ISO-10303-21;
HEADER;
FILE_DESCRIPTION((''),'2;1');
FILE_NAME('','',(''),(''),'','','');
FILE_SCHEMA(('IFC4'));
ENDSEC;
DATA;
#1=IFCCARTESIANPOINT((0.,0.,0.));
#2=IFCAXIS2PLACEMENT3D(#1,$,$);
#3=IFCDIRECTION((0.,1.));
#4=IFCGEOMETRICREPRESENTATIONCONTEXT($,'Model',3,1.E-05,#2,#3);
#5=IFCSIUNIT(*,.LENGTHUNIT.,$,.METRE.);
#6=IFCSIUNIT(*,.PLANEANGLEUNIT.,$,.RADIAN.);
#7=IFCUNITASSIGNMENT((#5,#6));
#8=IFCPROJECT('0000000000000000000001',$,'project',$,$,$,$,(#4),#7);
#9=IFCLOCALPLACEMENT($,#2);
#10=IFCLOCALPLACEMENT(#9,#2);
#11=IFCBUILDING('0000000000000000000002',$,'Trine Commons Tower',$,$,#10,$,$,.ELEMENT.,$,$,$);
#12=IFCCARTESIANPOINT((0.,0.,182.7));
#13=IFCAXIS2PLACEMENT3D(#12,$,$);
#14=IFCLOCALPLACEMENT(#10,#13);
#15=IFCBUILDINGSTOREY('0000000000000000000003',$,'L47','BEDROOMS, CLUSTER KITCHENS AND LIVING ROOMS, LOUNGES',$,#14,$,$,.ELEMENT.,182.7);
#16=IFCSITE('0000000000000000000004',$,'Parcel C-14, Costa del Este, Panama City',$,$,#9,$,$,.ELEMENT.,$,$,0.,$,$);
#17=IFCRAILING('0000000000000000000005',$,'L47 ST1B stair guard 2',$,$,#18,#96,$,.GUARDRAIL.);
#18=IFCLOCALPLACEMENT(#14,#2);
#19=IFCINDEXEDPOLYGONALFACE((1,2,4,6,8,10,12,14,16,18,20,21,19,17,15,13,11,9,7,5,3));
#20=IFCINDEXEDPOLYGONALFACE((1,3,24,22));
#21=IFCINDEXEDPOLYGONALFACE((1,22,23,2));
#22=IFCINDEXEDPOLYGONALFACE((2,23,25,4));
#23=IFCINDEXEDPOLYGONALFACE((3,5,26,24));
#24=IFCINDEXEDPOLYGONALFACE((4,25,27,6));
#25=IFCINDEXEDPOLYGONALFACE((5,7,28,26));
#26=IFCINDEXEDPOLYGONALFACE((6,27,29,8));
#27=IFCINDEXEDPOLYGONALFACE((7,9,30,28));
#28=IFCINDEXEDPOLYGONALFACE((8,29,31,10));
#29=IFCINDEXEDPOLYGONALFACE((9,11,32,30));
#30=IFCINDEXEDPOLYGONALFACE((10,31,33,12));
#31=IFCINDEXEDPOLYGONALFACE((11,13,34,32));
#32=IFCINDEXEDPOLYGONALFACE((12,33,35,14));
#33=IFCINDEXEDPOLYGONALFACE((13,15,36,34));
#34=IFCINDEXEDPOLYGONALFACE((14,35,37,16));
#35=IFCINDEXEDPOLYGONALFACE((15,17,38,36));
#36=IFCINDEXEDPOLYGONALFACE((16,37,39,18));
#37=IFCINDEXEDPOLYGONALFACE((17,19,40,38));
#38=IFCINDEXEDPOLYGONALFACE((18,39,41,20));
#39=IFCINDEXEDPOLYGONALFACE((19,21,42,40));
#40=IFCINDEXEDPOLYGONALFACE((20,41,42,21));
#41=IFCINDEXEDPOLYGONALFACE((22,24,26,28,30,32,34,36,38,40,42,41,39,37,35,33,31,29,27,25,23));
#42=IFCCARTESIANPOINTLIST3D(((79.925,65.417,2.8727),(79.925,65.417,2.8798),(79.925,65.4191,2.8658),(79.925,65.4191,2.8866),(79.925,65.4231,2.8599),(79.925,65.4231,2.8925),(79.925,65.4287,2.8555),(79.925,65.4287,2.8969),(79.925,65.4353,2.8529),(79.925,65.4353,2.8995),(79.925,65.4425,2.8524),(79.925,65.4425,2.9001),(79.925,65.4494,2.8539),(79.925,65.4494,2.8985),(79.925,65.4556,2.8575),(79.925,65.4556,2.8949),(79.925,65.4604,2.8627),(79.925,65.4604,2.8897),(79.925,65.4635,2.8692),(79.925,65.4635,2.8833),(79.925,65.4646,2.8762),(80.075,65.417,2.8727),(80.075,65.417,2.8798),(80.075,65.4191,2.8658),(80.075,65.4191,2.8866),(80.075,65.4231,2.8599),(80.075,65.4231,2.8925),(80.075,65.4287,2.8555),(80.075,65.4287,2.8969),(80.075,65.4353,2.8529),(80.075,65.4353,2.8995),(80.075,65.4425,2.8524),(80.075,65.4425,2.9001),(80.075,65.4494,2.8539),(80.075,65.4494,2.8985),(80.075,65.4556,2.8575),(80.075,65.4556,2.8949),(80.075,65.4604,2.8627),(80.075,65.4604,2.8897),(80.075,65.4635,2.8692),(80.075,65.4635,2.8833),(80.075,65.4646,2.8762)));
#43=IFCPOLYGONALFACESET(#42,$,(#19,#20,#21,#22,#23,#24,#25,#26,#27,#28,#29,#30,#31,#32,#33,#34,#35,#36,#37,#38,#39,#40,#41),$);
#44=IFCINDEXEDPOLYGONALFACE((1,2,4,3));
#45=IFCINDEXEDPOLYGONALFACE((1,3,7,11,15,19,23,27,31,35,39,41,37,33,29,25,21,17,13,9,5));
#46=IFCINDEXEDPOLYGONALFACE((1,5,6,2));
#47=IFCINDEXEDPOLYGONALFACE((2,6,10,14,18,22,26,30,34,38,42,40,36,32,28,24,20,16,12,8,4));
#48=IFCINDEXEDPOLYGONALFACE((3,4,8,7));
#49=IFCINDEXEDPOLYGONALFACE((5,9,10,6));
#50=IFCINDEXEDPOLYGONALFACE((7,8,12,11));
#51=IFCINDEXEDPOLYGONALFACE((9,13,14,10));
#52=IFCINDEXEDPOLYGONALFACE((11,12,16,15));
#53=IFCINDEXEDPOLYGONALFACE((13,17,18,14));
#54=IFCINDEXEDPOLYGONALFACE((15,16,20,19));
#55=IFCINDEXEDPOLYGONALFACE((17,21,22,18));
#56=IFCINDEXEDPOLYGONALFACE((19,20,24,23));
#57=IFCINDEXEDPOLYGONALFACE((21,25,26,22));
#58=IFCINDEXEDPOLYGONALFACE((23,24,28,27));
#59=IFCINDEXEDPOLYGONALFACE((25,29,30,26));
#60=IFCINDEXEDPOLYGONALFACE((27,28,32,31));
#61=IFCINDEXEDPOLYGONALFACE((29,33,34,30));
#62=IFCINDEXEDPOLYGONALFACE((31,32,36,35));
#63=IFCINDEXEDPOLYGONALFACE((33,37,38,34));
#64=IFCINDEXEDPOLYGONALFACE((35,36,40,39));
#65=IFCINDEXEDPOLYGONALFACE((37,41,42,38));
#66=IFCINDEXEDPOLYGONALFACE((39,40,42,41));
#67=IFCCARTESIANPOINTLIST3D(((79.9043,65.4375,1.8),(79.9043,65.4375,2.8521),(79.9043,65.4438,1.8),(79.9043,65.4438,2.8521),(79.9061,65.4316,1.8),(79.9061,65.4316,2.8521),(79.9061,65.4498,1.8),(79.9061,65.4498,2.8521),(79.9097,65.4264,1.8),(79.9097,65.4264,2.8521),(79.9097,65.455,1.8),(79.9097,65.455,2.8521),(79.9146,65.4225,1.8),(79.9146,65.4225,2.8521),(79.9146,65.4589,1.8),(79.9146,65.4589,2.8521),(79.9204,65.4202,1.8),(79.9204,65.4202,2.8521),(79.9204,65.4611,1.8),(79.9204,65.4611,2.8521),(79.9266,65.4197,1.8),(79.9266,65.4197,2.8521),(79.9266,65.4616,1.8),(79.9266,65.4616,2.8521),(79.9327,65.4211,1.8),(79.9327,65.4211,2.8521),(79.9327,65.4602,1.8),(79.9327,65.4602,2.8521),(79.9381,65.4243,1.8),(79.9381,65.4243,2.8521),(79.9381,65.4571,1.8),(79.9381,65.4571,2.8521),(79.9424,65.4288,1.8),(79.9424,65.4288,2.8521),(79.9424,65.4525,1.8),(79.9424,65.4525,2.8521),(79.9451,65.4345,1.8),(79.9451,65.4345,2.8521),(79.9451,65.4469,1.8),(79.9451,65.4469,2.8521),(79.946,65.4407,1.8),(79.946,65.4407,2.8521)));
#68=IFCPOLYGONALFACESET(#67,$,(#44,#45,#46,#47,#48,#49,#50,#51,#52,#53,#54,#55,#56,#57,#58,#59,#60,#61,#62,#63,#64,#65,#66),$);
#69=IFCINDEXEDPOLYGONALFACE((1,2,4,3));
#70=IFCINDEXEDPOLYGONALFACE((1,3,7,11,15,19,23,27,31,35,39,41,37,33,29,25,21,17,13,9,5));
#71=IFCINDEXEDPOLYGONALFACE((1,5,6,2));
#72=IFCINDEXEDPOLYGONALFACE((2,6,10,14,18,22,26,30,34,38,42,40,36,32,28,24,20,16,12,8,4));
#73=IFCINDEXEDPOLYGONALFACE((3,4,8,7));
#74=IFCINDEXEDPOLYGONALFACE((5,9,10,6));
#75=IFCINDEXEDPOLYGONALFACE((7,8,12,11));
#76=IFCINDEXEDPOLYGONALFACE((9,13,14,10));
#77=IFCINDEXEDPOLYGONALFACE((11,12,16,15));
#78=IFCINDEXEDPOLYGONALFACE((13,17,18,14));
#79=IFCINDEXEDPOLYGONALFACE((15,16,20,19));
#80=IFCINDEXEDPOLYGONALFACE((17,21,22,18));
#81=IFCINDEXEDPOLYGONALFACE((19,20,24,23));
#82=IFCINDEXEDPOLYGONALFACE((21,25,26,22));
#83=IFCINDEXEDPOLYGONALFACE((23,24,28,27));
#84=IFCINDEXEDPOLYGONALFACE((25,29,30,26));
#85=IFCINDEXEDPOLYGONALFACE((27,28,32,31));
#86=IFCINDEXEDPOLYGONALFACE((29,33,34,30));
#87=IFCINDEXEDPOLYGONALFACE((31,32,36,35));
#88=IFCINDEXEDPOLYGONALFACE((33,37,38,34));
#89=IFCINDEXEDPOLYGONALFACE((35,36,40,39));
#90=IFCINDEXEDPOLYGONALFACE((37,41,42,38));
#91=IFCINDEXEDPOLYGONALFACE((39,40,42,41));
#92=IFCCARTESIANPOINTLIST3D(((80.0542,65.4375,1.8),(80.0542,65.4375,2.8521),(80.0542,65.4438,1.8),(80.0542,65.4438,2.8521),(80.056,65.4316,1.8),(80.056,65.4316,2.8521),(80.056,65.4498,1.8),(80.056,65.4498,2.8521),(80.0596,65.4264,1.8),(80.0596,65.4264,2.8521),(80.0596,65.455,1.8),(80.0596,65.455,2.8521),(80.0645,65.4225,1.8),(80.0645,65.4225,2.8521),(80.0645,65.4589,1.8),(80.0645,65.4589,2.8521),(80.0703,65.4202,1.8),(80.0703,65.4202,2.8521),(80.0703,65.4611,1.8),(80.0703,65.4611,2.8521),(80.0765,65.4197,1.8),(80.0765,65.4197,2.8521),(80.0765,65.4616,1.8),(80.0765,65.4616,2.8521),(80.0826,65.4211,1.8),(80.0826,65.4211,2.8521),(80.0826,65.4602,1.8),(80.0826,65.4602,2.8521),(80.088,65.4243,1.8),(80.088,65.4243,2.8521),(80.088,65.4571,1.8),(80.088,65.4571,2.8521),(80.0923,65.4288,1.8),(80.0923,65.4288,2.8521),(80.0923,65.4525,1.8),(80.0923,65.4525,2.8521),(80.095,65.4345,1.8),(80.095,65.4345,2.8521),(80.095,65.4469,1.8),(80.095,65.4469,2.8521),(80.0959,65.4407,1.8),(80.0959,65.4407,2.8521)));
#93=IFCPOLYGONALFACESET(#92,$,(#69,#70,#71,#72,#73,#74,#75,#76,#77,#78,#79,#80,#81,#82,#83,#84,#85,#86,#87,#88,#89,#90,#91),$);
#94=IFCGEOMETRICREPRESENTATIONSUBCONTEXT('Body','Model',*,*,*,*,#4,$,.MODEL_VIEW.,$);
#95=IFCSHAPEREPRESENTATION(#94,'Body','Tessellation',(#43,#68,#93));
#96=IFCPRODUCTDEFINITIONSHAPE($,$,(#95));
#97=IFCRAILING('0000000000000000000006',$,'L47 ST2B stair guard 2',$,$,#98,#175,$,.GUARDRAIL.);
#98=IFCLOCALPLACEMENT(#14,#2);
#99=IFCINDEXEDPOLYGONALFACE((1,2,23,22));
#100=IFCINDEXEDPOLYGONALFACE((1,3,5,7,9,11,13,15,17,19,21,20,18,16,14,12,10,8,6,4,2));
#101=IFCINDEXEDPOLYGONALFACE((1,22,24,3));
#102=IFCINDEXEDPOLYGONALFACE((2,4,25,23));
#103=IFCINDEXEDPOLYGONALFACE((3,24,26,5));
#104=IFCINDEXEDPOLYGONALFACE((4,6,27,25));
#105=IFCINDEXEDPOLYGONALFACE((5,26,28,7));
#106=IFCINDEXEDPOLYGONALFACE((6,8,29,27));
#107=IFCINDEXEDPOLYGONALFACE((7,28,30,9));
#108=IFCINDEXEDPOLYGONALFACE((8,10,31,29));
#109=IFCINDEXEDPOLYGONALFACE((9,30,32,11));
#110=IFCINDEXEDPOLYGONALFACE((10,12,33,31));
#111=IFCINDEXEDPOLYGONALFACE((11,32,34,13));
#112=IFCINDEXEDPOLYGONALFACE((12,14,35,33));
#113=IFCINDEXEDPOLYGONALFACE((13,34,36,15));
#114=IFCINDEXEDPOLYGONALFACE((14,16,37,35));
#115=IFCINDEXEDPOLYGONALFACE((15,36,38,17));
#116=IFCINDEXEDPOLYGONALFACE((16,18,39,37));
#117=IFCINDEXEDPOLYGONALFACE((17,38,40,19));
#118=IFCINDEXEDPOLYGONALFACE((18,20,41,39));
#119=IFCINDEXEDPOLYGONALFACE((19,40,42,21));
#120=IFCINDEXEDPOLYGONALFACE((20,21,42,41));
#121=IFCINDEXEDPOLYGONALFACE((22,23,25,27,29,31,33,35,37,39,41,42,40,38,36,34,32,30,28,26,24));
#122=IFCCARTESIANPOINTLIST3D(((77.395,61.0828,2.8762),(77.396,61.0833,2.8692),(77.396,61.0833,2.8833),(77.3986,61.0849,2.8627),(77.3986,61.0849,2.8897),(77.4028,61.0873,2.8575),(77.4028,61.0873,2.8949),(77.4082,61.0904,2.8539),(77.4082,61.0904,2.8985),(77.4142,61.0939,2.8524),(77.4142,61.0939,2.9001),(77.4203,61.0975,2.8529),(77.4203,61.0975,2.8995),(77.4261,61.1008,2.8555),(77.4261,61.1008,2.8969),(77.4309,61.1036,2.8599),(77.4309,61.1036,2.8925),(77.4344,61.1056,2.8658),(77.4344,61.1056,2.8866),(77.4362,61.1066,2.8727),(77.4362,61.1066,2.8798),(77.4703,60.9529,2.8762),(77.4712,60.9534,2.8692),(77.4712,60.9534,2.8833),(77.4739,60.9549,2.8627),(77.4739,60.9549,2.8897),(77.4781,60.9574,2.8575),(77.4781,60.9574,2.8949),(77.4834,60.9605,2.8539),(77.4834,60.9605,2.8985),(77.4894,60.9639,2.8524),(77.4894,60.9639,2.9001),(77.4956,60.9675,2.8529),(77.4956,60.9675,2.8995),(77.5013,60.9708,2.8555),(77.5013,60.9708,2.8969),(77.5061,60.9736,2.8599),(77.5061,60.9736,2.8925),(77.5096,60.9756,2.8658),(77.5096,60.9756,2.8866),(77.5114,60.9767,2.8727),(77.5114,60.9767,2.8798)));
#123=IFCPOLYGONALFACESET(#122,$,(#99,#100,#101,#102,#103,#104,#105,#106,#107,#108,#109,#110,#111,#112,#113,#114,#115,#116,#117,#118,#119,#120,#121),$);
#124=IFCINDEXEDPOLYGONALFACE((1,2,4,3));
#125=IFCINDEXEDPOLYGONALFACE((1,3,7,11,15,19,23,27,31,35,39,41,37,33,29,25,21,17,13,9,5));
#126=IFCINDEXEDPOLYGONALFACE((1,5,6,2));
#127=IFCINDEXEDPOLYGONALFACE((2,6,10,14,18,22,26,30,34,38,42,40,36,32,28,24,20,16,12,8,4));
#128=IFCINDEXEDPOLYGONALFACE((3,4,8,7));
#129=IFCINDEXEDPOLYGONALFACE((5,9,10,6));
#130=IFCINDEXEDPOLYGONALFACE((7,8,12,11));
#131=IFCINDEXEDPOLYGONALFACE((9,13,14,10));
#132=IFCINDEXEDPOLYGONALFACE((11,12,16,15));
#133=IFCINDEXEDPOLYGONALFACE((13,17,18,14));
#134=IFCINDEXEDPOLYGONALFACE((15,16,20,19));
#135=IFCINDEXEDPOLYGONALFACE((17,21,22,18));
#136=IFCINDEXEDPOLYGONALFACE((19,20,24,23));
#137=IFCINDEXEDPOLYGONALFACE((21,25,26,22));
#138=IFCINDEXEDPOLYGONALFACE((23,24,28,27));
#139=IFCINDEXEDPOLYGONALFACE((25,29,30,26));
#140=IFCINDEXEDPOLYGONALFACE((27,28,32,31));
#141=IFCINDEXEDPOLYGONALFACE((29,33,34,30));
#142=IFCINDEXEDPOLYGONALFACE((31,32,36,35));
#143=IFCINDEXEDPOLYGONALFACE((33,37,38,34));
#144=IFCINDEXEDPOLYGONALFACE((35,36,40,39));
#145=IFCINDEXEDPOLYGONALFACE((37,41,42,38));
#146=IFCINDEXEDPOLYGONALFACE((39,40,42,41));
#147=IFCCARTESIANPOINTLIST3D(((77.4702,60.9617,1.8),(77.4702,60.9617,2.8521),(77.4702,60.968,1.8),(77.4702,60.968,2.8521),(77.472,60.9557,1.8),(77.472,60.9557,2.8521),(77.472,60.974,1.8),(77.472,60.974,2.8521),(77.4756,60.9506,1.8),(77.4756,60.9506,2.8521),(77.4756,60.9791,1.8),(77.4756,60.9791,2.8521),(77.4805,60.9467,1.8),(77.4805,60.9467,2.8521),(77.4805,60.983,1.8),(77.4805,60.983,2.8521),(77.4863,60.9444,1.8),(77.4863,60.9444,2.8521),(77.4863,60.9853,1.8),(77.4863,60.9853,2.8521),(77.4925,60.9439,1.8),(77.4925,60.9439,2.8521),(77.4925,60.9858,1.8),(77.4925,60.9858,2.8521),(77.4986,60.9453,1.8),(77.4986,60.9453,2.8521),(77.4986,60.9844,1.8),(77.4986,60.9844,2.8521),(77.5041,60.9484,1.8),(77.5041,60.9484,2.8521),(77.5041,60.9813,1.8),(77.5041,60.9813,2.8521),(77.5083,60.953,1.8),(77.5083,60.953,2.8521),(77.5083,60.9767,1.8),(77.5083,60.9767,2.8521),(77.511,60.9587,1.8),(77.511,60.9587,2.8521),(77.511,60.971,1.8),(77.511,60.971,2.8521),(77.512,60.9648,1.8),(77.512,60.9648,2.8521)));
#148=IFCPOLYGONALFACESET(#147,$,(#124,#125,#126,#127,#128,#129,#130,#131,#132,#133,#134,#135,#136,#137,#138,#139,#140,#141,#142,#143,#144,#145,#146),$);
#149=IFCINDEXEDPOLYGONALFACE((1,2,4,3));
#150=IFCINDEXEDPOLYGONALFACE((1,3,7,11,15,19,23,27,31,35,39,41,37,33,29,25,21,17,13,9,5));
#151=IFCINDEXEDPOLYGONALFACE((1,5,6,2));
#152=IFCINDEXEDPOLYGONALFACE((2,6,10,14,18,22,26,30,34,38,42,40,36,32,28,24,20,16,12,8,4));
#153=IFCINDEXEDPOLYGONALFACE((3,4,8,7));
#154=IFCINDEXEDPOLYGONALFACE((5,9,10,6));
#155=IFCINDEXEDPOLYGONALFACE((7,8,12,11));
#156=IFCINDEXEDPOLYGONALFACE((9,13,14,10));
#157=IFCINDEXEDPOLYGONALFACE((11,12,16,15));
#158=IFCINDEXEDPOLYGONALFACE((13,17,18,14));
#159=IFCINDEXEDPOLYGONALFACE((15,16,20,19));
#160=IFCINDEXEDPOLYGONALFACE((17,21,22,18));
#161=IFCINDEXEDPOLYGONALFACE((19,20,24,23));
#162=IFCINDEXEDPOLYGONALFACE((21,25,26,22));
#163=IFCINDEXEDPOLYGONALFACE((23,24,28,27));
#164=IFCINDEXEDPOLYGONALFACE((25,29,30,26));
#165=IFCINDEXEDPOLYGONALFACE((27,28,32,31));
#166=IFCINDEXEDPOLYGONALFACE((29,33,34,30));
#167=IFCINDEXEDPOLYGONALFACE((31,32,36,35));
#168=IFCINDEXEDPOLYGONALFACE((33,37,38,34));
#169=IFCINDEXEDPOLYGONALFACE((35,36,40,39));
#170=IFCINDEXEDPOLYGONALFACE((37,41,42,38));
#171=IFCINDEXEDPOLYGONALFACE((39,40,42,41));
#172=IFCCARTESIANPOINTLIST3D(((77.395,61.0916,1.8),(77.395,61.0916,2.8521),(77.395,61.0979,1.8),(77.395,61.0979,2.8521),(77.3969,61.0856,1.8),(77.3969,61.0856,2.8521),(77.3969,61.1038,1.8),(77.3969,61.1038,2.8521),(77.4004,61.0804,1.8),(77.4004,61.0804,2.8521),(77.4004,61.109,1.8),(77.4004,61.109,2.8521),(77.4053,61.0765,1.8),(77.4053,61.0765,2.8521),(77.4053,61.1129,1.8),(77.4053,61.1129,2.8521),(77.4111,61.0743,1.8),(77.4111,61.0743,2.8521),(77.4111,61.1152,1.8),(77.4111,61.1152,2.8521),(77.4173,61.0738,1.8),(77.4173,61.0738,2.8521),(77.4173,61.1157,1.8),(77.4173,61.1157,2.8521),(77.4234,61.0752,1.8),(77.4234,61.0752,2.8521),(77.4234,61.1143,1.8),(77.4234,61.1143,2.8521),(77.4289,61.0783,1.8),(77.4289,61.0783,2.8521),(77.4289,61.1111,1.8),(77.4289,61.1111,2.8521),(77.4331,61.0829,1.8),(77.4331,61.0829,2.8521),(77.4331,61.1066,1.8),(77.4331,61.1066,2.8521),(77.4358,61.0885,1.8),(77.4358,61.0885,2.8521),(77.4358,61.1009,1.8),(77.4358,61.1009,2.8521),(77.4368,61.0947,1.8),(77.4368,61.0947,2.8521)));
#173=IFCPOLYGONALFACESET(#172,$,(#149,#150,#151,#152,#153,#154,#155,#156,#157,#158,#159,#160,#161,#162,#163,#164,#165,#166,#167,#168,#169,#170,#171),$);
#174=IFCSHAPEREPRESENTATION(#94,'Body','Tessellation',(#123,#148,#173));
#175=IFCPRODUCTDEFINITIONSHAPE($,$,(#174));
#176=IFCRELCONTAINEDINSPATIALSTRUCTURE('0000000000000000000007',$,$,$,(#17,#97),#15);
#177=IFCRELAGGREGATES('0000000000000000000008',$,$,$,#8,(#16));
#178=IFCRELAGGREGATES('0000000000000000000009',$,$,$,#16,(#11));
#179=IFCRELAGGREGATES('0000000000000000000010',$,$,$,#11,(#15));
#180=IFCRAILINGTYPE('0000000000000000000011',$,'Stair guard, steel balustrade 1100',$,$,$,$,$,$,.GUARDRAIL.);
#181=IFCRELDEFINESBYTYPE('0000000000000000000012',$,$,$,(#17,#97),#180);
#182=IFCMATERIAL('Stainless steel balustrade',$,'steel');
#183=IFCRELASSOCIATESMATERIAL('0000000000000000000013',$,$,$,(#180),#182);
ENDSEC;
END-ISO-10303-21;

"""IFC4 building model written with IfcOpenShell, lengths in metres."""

from ifc_helpers import new_model, si_unit, direction, frame, origin, origin_2d, place, context, subcontext, project, spatial, circle, extrude, material, type_object, element, save


model = new_model("IFC4")

# Units and contexts
model_context = context("Model", 3, precision=1e-05, world=origin(), true_north=direction((0.0, 1.0)))
body_context = subcontext(model_context, "Body", "Model", "MODEL_VIEW")
ifc_project = project(units=[si_unit("LENGTHUNIT", "METRE"), si_unit("PLANEANGLEUNIT", "RADIAN")], contexts=[model_context])

# Site, building, storey
site_placement = place(None, origin())
site = spatial("IfcSite", under=ifc_project, at=site_placement, Name="Parcel C-14, Costa del Este, Panama City", CompositionType="ELEMENT", RefElevation=0.0)
building_placement = place(site_placement, origin())
building = spatial("IfcBuilding", under=site, at=building_placement, Name="Trine Commons Tower", CompositionType="ELEMENT")
storey_placement = place(building_placement, frame((0.0, 0.0, 182.7)))
storey = spatial("IfcBuildingStorey", under=building, at=storey_placement, Name="L47", Description="BEDROOMS, CLUSTER KITCHENS AND LIVING ROOMS, LOUNGES", CompositionType="ELEMENT", Elevation=182.7)

# Railings
ifc_material_1 = material(Name="Stainless steel balustrade", Category="steel")
railing_type_1 = type_object("IfcRailingType", Name="Stair guard, steel balustrade 1100", PredefinedType="GUARDRAIL", material=ifc_material_1)
railing_1_placement = place(storey_placement, frame((79.925, 65.4407, 1.8)))
element("IfcRailing", 1, at=railing_1_placement, inside=storey, type_object=railing_type_1, Name="L47 ST1B stair guard 2", PredefinedType="GUARDRAIL", context=body_context, shape_type="SweptSolid", body=[
    extrude(circle(Radius=0.0239, at=origin_2d()), frame((0.0, 0.0, 1.0762), z_axis=(1.0, 0.0, 0.0), x_axis=(0.0, 1.0, 0.0)), (0.0, 0.0, 1.0), 0.1499),
    extrude(circle(Radius=0.021, at=origin_2d()), origin(), (0.0, 0.0, 1.0), 1.052),
    extrude(circle(Radius=0.021, at=origin_2d()), frame((0.1499, 0.0, 0.0)), (0.0, 0.0, 1.0), 1.052),
])
railing_2_placement = place(storey_placement, frame((77.491, 60.9648, 1.8)))
element("IfcRailing", 2, at=railing_2_placement, inside=storey, type_object=railing_type_1, Name="L47 ST2B stair guard 2", PredefinedType="GUARDRAIL", context=body_context, shape_type="SweptSolid", body=[
    extrude(circle(Radius=0.0239, at=origin_2d()), frame((0.0, 0.0, 1.0762), z_axis=(-0.501036, 0.865426, 0.0), x_axis=(-0.865426, -0.501036, 0.0)), (0.0, 0.0, 1.0), 0.1501),
    extrude(circle(Radius=0.021, at=origin_2d()), origin(), (0.0, 0.0, 1.0), 1.052),
    extrude(circle(Radius=0.021, at=origin_2d()), frame((-0.0752, 0.1299, 0.0)), (0.0, 0.0, 1.0), 1.052),
])

save(model, "model.ifc")
